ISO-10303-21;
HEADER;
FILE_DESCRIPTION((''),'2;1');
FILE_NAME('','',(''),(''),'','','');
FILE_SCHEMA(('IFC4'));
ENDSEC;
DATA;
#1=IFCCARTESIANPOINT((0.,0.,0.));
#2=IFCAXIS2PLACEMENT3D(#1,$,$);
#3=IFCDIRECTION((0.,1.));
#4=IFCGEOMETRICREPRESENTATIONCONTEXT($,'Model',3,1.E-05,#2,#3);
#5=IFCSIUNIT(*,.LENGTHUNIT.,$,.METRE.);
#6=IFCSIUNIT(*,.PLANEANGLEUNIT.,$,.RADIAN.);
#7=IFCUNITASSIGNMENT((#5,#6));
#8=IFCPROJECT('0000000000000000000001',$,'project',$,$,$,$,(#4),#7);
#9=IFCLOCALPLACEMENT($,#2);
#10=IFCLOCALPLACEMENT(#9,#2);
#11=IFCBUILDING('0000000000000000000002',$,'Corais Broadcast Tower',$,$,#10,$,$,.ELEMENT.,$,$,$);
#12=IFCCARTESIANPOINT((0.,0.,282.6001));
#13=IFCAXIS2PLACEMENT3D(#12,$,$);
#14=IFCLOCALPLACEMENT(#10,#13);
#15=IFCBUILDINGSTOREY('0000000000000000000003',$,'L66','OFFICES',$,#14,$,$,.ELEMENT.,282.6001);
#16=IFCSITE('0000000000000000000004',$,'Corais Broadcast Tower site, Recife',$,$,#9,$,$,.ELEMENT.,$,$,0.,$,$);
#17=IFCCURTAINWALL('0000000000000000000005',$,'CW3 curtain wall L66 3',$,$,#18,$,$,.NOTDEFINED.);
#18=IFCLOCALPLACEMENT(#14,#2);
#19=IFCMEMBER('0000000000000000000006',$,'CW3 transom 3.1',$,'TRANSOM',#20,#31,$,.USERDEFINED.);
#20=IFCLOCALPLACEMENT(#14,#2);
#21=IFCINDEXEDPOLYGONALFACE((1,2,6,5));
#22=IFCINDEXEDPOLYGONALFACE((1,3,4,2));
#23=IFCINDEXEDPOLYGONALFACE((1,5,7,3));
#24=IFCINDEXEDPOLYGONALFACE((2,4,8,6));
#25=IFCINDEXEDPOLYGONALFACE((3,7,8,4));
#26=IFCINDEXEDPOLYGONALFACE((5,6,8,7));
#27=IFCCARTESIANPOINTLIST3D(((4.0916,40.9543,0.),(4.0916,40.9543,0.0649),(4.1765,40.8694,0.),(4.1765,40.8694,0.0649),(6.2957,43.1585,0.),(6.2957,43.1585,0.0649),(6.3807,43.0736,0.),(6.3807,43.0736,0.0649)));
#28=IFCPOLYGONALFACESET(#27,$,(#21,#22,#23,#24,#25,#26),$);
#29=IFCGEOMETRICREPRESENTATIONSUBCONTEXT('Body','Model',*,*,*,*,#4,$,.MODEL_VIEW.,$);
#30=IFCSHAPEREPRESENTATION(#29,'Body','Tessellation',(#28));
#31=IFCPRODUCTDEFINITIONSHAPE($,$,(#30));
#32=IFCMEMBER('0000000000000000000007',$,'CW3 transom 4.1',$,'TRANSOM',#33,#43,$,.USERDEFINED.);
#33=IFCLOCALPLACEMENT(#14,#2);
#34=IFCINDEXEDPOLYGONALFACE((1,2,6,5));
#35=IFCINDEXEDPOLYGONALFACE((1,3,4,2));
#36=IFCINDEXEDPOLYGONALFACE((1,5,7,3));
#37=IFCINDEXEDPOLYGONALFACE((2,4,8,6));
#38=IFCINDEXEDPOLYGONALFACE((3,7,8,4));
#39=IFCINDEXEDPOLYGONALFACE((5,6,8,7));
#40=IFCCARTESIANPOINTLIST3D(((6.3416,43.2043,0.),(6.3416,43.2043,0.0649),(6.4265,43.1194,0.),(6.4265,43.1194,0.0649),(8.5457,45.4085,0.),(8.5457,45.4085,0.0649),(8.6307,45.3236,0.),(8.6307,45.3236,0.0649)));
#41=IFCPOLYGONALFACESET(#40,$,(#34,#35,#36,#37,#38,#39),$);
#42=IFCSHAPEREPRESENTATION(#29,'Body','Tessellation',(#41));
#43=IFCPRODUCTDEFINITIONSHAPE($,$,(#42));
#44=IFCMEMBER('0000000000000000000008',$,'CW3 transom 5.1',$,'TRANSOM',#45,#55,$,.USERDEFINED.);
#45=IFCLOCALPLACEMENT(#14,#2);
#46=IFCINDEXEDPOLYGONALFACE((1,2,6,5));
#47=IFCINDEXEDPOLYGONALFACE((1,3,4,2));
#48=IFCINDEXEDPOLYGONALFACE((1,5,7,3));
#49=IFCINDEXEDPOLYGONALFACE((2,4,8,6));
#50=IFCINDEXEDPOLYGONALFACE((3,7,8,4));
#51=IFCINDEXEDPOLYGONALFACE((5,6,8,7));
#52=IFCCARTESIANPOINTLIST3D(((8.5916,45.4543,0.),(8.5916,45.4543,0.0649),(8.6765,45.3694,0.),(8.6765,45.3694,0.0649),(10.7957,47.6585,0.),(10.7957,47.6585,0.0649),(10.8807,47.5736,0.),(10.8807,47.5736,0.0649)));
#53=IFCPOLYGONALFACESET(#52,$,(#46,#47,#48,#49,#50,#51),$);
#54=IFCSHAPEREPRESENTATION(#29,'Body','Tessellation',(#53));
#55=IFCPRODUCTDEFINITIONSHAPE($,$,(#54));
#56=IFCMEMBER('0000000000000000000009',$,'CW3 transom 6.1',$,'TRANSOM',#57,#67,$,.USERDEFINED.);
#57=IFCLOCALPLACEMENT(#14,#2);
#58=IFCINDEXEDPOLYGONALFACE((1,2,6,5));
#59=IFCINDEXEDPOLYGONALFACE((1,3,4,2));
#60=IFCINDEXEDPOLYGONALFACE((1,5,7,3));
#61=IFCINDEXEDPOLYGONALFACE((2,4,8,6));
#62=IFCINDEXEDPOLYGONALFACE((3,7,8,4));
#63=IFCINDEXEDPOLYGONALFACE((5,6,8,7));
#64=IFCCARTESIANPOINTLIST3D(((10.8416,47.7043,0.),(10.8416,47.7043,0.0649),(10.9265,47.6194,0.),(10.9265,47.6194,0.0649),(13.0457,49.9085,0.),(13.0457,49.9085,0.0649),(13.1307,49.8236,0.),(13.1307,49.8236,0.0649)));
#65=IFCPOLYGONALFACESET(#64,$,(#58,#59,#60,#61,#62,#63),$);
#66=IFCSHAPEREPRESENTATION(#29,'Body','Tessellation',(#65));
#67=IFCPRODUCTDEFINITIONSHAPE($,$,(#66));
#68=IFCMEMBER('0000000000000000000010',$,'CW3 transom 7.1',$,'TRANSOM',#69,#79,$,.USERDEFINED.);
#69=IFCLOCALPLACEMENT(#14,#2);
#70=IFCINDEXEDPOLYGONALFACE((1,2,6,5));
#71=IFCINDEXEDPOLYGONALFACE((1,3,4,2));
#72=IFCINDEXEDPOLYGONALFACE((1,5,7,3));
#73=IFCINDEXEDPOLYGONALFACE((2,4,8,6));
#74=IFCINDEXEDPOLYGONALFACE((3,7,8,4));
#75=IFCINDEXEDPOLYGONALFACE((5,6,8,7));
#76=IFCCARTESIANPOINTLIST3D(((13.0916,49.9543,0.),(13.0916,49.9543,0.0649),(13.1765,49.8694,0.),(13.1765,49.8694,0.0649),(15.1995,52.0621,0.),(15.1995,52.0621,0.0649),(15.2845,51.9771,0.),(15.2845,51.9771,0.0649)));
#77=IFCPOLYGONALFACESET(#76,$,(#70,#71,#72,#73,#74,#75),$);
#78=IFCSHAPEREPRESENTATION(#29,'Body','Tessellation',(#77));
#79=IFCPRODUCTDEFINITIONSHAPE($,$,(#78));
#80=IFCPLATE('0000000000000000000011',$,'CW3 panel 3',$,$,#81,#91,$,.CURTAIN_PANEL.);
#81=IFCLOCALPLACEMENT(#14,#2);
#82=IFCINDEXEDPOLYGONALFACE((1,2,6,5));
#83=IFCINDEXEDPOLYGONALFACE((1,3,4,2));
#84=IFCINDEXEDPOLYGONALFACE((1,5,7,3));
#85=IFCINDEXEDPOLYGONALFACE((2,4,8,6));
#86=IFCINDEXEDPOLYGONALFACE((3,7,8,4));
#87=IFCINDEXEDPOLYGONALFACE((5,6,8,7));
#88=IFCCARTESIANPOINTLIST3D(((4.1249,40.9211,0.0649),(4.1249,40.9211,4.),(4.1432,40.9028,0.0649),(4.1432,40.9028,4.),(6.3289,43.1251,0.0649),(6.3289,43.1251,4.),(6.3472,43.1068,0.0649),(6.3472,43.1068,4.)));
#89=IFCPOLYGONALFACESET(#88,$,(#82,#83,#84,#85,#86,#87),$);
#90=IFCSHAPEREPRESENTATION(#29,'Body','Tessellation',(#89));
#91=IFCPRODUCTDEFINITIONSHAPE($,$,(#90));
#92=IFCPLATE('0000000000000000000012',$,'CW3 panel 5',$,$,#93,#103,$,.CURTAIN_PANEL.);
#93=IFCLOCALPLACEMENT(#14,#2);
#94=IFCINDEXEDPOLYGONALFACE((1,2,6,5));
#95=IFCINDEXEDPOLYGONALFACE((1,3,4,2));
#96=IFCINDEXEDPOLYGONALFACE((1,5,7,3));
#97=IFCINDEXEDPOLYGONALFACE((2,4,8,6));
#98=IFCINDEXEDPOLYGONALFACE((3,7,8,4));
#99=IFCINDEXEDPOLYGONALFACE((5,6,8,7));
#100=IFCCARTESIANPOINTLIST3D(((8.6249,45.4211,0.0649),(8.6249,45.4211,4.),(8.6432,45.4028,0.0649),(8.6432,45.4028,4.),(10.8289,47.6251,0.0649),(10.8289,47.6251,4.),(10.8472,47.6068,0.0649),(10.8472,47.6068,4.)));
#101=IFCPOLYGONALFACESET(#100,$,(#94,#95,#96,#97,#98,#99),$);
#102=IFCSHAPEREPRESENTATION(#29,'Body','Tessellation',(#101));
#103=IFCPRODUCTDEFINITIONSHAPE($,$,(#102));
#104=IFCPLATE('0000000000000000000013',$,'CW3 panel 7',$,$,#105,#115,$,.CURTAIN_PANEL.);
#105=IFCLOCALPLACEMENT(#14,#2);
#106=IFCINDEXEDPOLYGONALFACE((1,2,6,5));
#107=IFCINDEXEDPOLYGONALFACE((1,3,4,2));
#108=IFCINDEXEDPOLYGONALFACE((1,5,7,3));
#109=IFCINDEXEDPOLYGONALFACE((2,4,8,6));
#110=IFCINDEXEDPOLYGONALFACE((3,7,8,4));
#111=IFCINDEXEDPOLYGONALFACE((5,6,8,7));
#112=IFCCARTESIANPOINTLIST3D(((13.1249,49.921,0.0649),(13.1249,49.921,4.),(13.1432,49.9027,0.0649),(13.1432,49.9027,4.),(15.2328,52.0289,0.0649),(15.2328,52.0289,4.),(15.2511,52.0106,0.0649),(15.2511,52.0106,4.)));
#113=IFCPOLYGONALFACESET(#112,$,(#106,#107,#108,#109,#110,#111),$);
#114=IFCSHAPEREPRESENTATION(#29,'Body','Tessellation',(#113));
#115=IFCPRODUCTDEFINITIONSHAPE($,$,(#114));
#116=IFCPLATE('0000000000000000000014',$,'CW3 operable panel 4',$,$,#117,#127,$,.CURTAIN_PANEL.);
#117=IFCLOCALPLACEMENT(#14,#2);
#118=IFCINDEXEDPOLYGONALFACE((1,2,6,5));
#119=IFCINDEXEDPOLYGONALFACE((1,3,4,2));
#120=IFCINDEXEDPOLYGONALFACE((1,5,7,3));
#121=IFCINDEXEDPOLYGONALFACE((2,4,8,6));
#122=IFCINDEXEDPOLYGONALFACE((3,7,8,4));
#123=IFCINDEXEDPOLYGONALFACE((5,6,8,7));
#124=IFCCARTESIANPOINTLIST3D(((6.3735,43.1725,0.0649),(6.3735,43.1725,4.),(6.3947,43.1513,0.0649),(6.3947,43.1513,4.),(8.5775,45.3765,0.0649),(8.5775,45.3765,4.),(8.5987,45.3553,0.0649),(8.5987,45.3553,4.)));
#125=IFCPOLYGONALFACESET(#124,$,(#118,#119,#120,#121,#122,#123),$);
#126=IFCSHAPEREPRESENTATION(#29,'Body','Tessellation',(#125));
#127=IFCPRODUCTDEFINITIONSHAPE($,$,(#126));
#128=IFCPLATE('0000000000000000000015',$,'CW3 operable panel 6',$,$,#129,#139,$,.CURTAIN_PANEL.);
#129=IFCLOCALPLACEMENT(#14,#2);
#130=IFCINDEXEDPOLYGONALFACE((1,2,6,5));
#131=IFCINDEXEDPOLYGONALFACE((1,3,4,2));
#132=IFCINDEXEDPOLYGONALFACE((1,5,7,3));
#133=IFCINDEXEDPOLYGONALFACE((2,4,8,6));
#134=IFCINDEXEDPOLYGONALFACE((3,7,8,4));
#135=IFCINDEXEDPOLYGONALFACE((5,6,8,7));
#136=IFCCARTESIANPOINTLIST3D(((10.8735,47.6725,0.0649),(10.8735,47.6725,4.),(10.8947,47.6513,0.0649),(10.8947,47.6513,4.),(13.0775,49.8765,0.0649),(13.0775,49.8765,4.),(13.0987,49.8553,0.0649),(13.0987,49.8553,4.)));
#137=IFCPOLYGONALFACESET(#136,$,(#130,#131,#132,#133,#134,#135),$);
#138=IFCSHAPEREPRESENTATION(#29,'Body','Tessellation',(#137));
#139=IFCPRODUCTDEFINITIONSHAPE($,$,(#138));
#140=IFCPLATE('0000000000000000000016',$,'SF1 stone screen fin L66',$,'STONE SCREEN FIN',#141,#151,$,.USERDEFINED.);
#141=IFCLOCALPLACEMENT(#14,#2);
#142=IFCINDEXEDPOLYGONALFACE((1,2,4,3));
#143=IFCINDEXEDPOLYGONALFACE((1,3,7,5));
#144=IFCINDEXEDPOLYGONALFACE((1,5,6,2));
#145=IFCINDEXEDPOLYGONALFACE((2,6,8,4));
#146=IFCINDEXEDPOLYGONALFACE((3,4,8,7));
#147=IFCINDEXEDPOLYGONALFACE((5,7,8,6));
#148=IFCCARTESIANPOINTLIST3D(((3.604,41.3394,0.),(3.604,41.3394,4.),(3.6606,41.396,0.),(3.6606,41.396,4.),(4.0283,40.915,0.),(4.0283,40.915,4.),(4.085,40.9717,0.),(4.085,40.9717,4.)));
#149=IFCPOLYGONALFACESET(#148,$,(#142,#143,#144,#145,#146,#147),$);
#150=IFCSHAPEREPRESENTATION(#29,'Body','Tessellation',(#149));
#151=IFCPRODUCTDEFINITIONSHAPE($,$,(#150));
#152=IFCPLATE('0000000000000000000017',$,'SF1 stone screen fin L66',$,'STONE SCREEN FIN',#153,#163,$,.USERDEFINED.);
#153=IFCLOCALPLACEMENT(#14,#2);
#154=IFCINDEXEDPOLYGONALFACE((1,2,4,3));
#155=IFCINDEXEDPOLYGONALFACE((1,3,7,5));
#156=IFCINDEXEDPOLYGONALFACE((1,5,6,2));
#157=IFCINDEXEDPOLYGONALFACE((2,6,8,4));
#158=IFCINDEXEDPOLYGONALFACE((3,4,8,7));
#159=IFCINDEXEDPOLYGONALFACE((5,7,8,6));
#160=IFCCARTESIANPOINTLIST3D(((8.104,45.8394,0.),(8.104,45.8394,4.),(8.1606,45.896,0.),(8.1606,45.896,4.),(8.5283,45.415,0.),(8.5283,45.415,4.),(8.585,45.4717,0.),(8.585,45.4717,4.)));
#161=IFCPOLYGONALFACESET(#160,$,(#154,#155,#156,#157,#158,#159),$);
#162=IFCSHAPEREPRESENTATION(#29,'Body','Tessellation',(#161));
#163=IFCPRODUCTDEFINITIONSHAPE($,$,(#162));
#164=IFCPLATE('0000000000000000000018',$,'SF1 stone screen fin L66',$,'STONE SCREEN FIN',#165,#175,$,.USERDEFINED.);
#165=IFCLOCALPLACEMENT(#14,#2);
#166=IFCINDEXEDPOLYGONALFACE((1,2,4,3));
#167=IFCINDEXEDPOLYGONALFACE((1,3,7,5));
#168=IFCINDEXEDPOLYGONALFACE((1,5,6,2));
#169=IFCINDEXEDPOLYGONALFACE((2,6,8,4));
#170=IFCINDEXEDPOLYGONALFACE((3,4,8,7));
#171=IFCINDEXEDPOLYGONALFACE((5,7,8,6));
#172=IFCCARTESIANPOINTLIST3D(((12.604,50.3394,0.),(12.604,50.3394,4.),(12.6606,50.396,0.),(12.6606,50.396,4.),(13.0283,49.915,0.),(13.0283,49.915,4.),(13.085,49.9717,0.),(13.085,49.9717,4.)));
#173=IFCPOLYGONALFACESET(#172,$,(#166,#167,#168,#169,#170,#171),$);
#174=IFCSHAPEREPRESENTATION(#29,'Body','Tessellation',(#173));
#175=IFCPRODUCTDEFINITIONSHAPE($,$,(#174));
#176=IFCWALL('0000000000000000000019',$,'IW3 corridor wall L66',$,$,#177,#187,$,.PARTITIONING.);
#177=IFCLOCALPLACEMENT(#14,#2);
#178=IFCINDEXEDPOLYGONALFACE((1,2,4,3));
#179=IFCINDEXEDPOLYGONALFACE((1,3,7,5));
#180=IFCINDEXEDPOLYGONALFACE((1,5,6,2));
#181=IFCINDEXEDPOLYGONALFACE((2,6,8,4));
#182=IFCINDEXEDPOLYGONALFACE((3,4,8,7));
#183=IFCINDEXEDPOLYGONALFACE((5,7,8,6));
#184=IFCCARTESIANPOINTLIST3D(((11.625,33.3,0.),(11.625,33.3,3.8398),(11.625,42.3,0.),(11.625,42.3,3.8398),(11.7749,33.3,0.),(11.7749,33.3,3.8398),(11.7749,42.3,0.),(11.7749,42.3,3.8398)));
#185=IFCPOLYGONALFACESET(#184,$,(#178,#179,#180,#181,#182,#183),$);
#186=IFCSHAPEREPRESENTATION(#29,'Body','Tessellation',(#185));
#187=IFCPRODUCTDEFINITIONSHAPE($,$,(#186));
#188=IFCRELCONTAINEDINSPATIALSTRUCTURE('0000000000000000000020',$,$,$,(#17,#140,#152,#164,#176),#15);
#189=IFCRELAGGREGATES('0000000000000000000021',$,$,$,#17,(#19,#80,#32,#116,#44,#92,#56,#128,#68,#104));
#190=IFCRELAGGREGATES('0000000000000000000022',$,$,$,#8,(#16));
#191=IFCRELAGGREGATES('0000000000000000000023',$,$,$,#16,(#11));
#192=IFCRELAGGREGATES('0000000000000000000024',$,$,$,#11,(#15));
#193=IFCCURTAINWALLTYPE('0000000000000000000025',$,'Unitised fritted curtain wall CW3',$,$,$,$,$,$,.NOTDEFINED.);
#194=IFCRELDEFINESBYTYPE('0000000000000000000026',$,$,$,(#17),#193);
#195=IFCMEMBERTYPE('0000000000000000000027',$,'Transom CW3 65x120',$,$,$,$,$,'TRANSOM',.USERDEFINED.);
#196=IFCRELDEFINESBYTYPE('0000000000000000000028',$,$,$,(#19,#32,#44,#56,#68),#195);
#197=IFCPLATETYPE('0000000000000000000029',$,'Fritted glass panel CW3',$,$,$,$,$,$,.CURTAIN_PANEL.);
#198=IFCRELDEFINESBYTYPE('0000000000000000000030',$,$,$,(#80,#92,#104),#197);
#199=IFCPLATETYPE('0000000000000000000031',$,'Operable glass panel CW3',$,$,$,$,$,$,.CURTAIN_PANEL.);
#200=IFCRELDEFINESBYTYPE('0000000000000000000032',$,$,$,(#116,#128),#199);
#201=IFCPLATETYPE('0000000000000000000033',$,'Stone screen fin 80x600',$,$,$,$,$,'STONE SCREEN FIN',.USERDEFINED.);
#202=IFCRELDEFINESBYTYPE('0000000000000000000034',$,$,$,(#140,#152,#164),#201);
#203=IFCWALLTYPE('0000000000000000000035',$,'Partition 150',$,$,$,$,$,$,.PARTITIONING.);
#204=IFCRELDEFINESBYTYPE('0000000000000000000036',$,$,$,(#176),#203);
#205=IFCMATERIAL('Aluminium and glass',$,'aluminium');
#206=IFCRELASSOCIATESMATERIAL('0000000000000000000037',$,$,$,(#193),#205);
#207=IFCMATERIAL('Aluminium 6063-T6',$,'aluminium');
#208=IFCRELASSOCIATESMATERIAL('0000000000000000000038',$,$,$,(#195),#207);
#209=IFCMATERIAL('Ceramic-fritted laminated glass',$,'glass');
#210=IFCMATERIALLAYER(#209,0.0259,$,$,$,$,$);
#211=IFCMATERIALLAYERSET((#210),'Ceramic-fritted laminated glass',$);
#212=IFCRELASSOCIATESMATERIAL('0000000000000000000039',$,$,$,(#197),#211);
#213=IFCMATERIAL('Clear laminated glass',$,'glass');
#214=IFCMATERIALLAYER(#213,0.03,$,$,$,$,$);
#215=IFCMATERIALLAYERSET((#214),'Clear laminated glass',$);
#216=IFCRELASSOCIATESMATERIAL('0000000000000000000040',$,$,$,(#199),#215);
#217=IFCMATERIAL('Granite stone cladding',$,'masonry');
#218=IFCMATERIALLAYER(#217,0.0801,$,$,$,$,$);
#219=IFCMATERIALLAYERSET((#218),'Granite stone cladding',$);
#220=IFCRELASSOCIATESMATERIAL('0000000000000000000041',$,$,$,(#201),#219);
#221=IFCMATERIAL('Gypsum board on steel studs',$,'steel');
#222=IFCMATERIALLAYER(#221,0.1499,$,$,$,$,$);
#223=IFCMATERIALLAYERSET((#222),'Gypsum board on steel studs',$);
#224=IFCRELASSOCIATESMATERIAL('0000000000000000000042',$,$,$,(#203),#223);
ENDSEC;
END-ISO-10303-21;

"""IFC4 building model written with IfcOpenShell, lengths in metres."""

from ifc_helpers import new_model, si_unit, direction, frame, frame_2d, origin, origin_2d, place, context, subcontext, project, spatial, rectangle, extrude, material, layer, layer_set, material_profile, profile_set, type_object, element, aggregate, save


model = new_model("IFC4")

# Units and contexts
model_context = context("Model", 3, precision=1e-05, world=origin(), true_north=direction((0.0, 1.0)))
body_context = subcontext(model_context, "Body", "Model", "MODEL_VIEW")
ifc_project = project(units=[si_unit("LENGTHUNIT", "METRE"), si_unit("PLANEANGLEUNIT", "RADIAN")], contexts=[model_context])

# Site, building, storey
site_placement = place(None, origin())
site = spatial("IfcSite", under=ifc_project, at=site_placement, Name="Corais Broadcast Tower site, Recife", CompositionType="ELEMENT", RefElevation=0.0)
building_placement = place(site_placement, origin())
building = spatial("IfcBuilding", under=site, at=building_placement, Name="Corais Broadcast Tower", CompositionType="ELEMENT")
storey_placement = place(building_placement, frame((0.0, 0.0, 282.6001)))
storey = spatial("IfcBuildingStorey", under=building, at=storey_placement, Name="L66", Description="OFFICES", CompositionType="ELEMENT", Elevation=282.6001)

# Curtain wall
ifc_material_1 = material(Name="Aluminium and glass", Category="aluminium")
curtain_wall_type = type_object("IfcCurtainWallType", Name="Unitised fritted curtain wall CW3", PredefinedType="NOTDEFINED", material=ifc_material_1)
curtain_wall_placement = place(storey_placement, origin())
curtain_wall = element("IfcCurtainWall", 1, at=curtain_wall_placement, inside=storey, type_object=curtain_wall_type, Name="CW3 curtain wall L66 3", PredefinedType="NOTDEFINED")

# Members
ifc_material_2 = material(Name="Aluminium 6063-T6", Category="aluminium")
ifc_material_profile_1 = material_profile(ifc_material_2, rectangle(XDim=0.1201, YDim=0.0649, at=origin_2d()), Name="Transom CW3 65x120")
ifc_profile_set_1 = profile_set([ifc_material_profile_1], Name="Aluminium 6063-T6")
member_type_1 = type_object("IfcMemberType", Name="Transom CW3 65x120", ElementType="TRANSOM", PredefinedType="USERDEFINED", material=ifc_profile_set_1)
member_1_placement = place(storey_placement, frame((4.134, 40.9119, 0.0325), z_axis=(0.707107, 0.707107, 0.0), x_axis=(-0.707107, 0.707107, 0.0)))
member_1 = element("IfcMember", 2, at=member_1_placement, type_object=member_type_1, Name="CW3 transom 3.1", ObjectType="TRANSOM", PredefinedType="USERDEFINED", context=body_context, shape_type="SweptSolid", body=[
    extrude(rectangle(XDim=0.1201, YDim=0.0649, at=origin_2d()), origin(), (0.0, 0.0, 1.0), 3.1172),
])
member_2_placement = place(storey_placement, frame((6.384, 43.1619, 0.0325), z_axis=(0.707107, 0.707107, 0.0), x_axis=(-0.707107, 0.707107, 0.0)))
member_2 = element("IfcMember", 3, at=member_2_placement, type_object=member_type_1, Name="CW3 transom 4.1", ObjectType="TRANSOM", PredefinedType="USERDEFINED", context=body_context, shape_type="SweptSolid", body=[
    extrude(rectangle(XDim=0.1201, YDim=0.0649, at=origin_2d()), origin(), (0.0, 0.0, 1.0), 3.1172),
])
member_3_placement = place(storey_placement, frame((8.634, 45.4119, 0.0325), z_axis=(0.707107, 0.707107, 0.0), x_axis=(-0.707107, 0.707107, 0.0)))
member_3 = element("IfcMember", 4, at=member_3_placement, type_object=member_type_1, Name="CW3 transom 5.1", ObjectType="TRANSOM", PredefinedType="USERDEFINED", context=body_context, shape_type="SweptSolid", body=[
    extrude(rectangle(XDim=0.1201, YDim=0.0649, at=origin_2d()), origin(), (0.0, 0.0, 1.0), 3.1172),
])
member_4_placement = place(storey_placement, frame((10.884, 47.6619, 0.0325), z_axis=(0.707107, 0.707107, 0.0), x_axis=(-0.707107, 0.707107, 0.0)))
member_4 = element("IfcMember", 5, at=member_4_placement, type_object=member_type_1, Name="CW3 transom 6.1", ObjectType="TRANSOM", PredefinedType="USERDEFINED", context=body_context, shape_type="SweptSolid", body=[
    extrude(rectangle(XDim=0.1201, YDim=0.0649, at=origin_2d()), origin(), (0.0, 0.0, 1.0), 3.1172),
])
member_5_placement = place(storey_placement, frame((13.134, 49.9119, 0.0325), z_axis=(0.707148, 0.707066, 0.0), x_axis=(-0.707066, 0.707148, 0.0)))
member_5 = element("IfcMember", 6, at=member_5_placement, type_object=member_type_1, Name="CW3 transom 7.1", ObjectType="TRANSOM", PredefinedType="USERDEFINED", context=body_context, shape_type="SweptSolid", body=[
    extrude(rectangle(XDim=0.1201, YDim=0.0649, at=origin_2d()), origin(), (0.0, 0.0, 1.0), 2.981),
])

# Plates
ifc_material_3 = material(Name="Ceramic-fritted laminated glass", Category="glass")
ifc_layer_1 = layer(ifc_material_3, 0.0259)
ifc_layer_set_1 = layer_set([ifc_layer_1], Name="Ceramic-fritted laminated glass")
plate_type_1 = type_object("IfcPlateType", Name="Fritted glass panel CW3", PredefinedType="CURTAIN_PANEL", material=ifc_layer_set_1)
plate_1_placement = place(storey_placement, frame((5.2361, 42.0139, 0.0649), z_axis=(0.0, 0.0, 1.0), x_axis=(0.707107, 0.707107, 0.0)))
plate_1 = element("IfcPlate", 7, at=plate_1_placement, type_object=plate_type_1, Name="CW3 panel 3", PredefinedType="CURTAIN_PANEL", context=body_context, shape_type="SweptSolid", body=[
    extrude(rectangle(XDim=3.1169, YDim=0.0259, at=origin_2d()), origin(), (0.0, 0.0, 1.0), 3.9351),
])
plate_2_placement = place(storey_placement, frame((9.7361, 46.5139, 0.0649), z_axis=(0.0, 0.0, 1.0), x_axis=(0.707107, 0.707107, 0.0)))
plate_2 = element("IfcPlate", 8, at=plate_2_placement, type_object=plate_type_1, Name="CW3 panel 5", PredefinedType="CURTAIN_PANEL", context=body_context, shape_type="SweptSolid", body=[
    extrude(rectangle(XDim=3.1169, YDim=0.0259, at=origin_2d()), origin(), (0.0, 0.0, 1.0), 3.9351),
])
plate_3_placement = place(storey_placement, frame((14.188, 50.9658, 0.0649), z_axis=(0.0, 0.0, 1.0), x_axis=(0.707107, 0.707107, 0.0)))
plate_3 = element("IfcPlate", 9, at=plate_3_placement, type_object=plate_type_1, Name="CW3 panel 7", PredefinedType="CURTAIN_PANEL", context=body_context, shape_type="SweptSolid", body=[
    extrude(rectangle(XDim=2.981, YDim=0.0259, at=origin_2d()), origin(), (0.0, 0.0, 1.0), 3.9351),
])
ifc_material_4 = material(Name="Clear laminated glass", Category="glass")
ifc_layer_2 = layer(ifc_material_4, 0.03)
ifc_layer_set_2 = layer_set([ifc_layer_2], Name="Clear laminated glass")
plate_type_2 = type_object("IfcPlateType", Name="Operable glass panel CW3", PredefinedType="CURTAIN_PANEL", material=ifc_layer_set_2)
plate_4_placement = place(storey_placement, frame((7.4861, 44.2639, 0.0649), z_axis=(0.0, 0.0, 1.0), x_axis=(0.707107, 0.707107, 0.0)))
plate_4 = element("IfcPlate", 10, at=plate_4_placement, type_object=plate_type_2, Name="CW3 operable panel 4", PredefinedType="CURTAIN_PANEL", context=body_context, shape_type="SweptSolid", body=[
    extrude(rectangle(XDim=3.1169, YDim=0.03, at=origin_2d()), origin(), (0.0, 0.0, 1.0), 3.9351),
])
plate_5_placement = place(storey_placement, frame((11.9861, 48.7639, 0.0649), z_axis=(0.0, 0.0, 1.0), x_axis=(0.707107, 0.707107, 0.0)))
plate_5 = element("IfcPlate", 11, at=plate_5_placement, type_object=plate_type_2, Name="CW3 operable panel 6", PredefinedType="CURTAIN_PANEL", context=body_context, shape_type="SweptSolid", body=[
    extrude(rectangle(XDim=3.1169, YDim=0.03, at=origin_2d()), origin(), (0.0, 0.0, 1.0), 3.9351),
])
aggregate(curtain_wall, [member_1, plate_1, member_2, plate_4, member_3, plate_2, member_4, plate_5, member_5, plate_3])

# Plates
ifc_material_5 = material(Name="Granite stone cladding", Category="masonry")
ifc_layer_3 = layer(ifc_material_5, 0.0801)
ifc_layer_set_3 = layer_set([ifc_layer_3], Name="Granite stone cladding")
plate_type_3 = type_object("IfcPlateType", Name="Stone screen fin 80x600", ElementType="STONE SCREEN FIN", PredefinedType="USERDEFINED", material=ifc_layer_set_3)
for number, where, z_axis, x_axis, name in (
    (12, (3.8445, 41.1555, 0.0), (0.0, 0.0, 1.0), (0.707107, 0.707107, 0.0), "SF1 stone screen fin L66"),
    (13, (8.3445, 45.6555, 0.0), (0.0, 0.0, 1.0), (0.707107, 0.707107, 0.0), "SF1 stone screen fin L66"),
    (14, (12.8445, 50.1555, 0.0), (0.0, 0.0, 1.0), (0.707107, 0.707107, 0.0), "SF1 stone screen fin L66"),
):
    element("IfcPlate", number, at=place(storey_placement, frame(where, z_axis=z_axis, x_axis=x_axis)), inside=storey, type_object=plate_type_3, Name=name, ObjectType="STONE SCREEN FIN", PredefinedType="USERDEFINED", context=body_context, shape_type="SweptSolid", body=[
        extrude(rectangle(XDim=0.0801, YDim=0.6001, at=origin_2d()), origin(), (0.0, 0.0, 1.0), 4.0),
    ])

# Wall
ifc_material_6 = material(Name="Gypsum board on steel studs", Category="steel")
ifc_layer_4 = layer(ifc_material_6, 0.1499)
ifc_layer_set_4 = layer_set([ifc_layer_4], Name="Gypsum board on steel studs")
wall_type = type_object("IfcWallType", Name="Partition 150", PredefinedType="PARTITIONING", material=ifc_layer_set_4)
wall_1_placement = place(storey_placement, frame((11.7, 42.3, 0.0), z_axis=(0.0, 0.0, 1.0), x_axis=(0.0, -1.0, 0.0)))
element("IfcWall", 15, at=wall_1_placement, inside=storey, type_object=wall_type, Name="IW3 corridor wall L66", PredefinedType="PARTITIONING", context=body_context, shape_type="SweptSolid", body=[
    extrude(rectangle(XDim=9.0, YDim=0.1499, at=frame_2d((4.5, 0.0))), origin(), (0.0, 0.0, 1.0), 3.8398),
])

save(model, "model.ifc")
